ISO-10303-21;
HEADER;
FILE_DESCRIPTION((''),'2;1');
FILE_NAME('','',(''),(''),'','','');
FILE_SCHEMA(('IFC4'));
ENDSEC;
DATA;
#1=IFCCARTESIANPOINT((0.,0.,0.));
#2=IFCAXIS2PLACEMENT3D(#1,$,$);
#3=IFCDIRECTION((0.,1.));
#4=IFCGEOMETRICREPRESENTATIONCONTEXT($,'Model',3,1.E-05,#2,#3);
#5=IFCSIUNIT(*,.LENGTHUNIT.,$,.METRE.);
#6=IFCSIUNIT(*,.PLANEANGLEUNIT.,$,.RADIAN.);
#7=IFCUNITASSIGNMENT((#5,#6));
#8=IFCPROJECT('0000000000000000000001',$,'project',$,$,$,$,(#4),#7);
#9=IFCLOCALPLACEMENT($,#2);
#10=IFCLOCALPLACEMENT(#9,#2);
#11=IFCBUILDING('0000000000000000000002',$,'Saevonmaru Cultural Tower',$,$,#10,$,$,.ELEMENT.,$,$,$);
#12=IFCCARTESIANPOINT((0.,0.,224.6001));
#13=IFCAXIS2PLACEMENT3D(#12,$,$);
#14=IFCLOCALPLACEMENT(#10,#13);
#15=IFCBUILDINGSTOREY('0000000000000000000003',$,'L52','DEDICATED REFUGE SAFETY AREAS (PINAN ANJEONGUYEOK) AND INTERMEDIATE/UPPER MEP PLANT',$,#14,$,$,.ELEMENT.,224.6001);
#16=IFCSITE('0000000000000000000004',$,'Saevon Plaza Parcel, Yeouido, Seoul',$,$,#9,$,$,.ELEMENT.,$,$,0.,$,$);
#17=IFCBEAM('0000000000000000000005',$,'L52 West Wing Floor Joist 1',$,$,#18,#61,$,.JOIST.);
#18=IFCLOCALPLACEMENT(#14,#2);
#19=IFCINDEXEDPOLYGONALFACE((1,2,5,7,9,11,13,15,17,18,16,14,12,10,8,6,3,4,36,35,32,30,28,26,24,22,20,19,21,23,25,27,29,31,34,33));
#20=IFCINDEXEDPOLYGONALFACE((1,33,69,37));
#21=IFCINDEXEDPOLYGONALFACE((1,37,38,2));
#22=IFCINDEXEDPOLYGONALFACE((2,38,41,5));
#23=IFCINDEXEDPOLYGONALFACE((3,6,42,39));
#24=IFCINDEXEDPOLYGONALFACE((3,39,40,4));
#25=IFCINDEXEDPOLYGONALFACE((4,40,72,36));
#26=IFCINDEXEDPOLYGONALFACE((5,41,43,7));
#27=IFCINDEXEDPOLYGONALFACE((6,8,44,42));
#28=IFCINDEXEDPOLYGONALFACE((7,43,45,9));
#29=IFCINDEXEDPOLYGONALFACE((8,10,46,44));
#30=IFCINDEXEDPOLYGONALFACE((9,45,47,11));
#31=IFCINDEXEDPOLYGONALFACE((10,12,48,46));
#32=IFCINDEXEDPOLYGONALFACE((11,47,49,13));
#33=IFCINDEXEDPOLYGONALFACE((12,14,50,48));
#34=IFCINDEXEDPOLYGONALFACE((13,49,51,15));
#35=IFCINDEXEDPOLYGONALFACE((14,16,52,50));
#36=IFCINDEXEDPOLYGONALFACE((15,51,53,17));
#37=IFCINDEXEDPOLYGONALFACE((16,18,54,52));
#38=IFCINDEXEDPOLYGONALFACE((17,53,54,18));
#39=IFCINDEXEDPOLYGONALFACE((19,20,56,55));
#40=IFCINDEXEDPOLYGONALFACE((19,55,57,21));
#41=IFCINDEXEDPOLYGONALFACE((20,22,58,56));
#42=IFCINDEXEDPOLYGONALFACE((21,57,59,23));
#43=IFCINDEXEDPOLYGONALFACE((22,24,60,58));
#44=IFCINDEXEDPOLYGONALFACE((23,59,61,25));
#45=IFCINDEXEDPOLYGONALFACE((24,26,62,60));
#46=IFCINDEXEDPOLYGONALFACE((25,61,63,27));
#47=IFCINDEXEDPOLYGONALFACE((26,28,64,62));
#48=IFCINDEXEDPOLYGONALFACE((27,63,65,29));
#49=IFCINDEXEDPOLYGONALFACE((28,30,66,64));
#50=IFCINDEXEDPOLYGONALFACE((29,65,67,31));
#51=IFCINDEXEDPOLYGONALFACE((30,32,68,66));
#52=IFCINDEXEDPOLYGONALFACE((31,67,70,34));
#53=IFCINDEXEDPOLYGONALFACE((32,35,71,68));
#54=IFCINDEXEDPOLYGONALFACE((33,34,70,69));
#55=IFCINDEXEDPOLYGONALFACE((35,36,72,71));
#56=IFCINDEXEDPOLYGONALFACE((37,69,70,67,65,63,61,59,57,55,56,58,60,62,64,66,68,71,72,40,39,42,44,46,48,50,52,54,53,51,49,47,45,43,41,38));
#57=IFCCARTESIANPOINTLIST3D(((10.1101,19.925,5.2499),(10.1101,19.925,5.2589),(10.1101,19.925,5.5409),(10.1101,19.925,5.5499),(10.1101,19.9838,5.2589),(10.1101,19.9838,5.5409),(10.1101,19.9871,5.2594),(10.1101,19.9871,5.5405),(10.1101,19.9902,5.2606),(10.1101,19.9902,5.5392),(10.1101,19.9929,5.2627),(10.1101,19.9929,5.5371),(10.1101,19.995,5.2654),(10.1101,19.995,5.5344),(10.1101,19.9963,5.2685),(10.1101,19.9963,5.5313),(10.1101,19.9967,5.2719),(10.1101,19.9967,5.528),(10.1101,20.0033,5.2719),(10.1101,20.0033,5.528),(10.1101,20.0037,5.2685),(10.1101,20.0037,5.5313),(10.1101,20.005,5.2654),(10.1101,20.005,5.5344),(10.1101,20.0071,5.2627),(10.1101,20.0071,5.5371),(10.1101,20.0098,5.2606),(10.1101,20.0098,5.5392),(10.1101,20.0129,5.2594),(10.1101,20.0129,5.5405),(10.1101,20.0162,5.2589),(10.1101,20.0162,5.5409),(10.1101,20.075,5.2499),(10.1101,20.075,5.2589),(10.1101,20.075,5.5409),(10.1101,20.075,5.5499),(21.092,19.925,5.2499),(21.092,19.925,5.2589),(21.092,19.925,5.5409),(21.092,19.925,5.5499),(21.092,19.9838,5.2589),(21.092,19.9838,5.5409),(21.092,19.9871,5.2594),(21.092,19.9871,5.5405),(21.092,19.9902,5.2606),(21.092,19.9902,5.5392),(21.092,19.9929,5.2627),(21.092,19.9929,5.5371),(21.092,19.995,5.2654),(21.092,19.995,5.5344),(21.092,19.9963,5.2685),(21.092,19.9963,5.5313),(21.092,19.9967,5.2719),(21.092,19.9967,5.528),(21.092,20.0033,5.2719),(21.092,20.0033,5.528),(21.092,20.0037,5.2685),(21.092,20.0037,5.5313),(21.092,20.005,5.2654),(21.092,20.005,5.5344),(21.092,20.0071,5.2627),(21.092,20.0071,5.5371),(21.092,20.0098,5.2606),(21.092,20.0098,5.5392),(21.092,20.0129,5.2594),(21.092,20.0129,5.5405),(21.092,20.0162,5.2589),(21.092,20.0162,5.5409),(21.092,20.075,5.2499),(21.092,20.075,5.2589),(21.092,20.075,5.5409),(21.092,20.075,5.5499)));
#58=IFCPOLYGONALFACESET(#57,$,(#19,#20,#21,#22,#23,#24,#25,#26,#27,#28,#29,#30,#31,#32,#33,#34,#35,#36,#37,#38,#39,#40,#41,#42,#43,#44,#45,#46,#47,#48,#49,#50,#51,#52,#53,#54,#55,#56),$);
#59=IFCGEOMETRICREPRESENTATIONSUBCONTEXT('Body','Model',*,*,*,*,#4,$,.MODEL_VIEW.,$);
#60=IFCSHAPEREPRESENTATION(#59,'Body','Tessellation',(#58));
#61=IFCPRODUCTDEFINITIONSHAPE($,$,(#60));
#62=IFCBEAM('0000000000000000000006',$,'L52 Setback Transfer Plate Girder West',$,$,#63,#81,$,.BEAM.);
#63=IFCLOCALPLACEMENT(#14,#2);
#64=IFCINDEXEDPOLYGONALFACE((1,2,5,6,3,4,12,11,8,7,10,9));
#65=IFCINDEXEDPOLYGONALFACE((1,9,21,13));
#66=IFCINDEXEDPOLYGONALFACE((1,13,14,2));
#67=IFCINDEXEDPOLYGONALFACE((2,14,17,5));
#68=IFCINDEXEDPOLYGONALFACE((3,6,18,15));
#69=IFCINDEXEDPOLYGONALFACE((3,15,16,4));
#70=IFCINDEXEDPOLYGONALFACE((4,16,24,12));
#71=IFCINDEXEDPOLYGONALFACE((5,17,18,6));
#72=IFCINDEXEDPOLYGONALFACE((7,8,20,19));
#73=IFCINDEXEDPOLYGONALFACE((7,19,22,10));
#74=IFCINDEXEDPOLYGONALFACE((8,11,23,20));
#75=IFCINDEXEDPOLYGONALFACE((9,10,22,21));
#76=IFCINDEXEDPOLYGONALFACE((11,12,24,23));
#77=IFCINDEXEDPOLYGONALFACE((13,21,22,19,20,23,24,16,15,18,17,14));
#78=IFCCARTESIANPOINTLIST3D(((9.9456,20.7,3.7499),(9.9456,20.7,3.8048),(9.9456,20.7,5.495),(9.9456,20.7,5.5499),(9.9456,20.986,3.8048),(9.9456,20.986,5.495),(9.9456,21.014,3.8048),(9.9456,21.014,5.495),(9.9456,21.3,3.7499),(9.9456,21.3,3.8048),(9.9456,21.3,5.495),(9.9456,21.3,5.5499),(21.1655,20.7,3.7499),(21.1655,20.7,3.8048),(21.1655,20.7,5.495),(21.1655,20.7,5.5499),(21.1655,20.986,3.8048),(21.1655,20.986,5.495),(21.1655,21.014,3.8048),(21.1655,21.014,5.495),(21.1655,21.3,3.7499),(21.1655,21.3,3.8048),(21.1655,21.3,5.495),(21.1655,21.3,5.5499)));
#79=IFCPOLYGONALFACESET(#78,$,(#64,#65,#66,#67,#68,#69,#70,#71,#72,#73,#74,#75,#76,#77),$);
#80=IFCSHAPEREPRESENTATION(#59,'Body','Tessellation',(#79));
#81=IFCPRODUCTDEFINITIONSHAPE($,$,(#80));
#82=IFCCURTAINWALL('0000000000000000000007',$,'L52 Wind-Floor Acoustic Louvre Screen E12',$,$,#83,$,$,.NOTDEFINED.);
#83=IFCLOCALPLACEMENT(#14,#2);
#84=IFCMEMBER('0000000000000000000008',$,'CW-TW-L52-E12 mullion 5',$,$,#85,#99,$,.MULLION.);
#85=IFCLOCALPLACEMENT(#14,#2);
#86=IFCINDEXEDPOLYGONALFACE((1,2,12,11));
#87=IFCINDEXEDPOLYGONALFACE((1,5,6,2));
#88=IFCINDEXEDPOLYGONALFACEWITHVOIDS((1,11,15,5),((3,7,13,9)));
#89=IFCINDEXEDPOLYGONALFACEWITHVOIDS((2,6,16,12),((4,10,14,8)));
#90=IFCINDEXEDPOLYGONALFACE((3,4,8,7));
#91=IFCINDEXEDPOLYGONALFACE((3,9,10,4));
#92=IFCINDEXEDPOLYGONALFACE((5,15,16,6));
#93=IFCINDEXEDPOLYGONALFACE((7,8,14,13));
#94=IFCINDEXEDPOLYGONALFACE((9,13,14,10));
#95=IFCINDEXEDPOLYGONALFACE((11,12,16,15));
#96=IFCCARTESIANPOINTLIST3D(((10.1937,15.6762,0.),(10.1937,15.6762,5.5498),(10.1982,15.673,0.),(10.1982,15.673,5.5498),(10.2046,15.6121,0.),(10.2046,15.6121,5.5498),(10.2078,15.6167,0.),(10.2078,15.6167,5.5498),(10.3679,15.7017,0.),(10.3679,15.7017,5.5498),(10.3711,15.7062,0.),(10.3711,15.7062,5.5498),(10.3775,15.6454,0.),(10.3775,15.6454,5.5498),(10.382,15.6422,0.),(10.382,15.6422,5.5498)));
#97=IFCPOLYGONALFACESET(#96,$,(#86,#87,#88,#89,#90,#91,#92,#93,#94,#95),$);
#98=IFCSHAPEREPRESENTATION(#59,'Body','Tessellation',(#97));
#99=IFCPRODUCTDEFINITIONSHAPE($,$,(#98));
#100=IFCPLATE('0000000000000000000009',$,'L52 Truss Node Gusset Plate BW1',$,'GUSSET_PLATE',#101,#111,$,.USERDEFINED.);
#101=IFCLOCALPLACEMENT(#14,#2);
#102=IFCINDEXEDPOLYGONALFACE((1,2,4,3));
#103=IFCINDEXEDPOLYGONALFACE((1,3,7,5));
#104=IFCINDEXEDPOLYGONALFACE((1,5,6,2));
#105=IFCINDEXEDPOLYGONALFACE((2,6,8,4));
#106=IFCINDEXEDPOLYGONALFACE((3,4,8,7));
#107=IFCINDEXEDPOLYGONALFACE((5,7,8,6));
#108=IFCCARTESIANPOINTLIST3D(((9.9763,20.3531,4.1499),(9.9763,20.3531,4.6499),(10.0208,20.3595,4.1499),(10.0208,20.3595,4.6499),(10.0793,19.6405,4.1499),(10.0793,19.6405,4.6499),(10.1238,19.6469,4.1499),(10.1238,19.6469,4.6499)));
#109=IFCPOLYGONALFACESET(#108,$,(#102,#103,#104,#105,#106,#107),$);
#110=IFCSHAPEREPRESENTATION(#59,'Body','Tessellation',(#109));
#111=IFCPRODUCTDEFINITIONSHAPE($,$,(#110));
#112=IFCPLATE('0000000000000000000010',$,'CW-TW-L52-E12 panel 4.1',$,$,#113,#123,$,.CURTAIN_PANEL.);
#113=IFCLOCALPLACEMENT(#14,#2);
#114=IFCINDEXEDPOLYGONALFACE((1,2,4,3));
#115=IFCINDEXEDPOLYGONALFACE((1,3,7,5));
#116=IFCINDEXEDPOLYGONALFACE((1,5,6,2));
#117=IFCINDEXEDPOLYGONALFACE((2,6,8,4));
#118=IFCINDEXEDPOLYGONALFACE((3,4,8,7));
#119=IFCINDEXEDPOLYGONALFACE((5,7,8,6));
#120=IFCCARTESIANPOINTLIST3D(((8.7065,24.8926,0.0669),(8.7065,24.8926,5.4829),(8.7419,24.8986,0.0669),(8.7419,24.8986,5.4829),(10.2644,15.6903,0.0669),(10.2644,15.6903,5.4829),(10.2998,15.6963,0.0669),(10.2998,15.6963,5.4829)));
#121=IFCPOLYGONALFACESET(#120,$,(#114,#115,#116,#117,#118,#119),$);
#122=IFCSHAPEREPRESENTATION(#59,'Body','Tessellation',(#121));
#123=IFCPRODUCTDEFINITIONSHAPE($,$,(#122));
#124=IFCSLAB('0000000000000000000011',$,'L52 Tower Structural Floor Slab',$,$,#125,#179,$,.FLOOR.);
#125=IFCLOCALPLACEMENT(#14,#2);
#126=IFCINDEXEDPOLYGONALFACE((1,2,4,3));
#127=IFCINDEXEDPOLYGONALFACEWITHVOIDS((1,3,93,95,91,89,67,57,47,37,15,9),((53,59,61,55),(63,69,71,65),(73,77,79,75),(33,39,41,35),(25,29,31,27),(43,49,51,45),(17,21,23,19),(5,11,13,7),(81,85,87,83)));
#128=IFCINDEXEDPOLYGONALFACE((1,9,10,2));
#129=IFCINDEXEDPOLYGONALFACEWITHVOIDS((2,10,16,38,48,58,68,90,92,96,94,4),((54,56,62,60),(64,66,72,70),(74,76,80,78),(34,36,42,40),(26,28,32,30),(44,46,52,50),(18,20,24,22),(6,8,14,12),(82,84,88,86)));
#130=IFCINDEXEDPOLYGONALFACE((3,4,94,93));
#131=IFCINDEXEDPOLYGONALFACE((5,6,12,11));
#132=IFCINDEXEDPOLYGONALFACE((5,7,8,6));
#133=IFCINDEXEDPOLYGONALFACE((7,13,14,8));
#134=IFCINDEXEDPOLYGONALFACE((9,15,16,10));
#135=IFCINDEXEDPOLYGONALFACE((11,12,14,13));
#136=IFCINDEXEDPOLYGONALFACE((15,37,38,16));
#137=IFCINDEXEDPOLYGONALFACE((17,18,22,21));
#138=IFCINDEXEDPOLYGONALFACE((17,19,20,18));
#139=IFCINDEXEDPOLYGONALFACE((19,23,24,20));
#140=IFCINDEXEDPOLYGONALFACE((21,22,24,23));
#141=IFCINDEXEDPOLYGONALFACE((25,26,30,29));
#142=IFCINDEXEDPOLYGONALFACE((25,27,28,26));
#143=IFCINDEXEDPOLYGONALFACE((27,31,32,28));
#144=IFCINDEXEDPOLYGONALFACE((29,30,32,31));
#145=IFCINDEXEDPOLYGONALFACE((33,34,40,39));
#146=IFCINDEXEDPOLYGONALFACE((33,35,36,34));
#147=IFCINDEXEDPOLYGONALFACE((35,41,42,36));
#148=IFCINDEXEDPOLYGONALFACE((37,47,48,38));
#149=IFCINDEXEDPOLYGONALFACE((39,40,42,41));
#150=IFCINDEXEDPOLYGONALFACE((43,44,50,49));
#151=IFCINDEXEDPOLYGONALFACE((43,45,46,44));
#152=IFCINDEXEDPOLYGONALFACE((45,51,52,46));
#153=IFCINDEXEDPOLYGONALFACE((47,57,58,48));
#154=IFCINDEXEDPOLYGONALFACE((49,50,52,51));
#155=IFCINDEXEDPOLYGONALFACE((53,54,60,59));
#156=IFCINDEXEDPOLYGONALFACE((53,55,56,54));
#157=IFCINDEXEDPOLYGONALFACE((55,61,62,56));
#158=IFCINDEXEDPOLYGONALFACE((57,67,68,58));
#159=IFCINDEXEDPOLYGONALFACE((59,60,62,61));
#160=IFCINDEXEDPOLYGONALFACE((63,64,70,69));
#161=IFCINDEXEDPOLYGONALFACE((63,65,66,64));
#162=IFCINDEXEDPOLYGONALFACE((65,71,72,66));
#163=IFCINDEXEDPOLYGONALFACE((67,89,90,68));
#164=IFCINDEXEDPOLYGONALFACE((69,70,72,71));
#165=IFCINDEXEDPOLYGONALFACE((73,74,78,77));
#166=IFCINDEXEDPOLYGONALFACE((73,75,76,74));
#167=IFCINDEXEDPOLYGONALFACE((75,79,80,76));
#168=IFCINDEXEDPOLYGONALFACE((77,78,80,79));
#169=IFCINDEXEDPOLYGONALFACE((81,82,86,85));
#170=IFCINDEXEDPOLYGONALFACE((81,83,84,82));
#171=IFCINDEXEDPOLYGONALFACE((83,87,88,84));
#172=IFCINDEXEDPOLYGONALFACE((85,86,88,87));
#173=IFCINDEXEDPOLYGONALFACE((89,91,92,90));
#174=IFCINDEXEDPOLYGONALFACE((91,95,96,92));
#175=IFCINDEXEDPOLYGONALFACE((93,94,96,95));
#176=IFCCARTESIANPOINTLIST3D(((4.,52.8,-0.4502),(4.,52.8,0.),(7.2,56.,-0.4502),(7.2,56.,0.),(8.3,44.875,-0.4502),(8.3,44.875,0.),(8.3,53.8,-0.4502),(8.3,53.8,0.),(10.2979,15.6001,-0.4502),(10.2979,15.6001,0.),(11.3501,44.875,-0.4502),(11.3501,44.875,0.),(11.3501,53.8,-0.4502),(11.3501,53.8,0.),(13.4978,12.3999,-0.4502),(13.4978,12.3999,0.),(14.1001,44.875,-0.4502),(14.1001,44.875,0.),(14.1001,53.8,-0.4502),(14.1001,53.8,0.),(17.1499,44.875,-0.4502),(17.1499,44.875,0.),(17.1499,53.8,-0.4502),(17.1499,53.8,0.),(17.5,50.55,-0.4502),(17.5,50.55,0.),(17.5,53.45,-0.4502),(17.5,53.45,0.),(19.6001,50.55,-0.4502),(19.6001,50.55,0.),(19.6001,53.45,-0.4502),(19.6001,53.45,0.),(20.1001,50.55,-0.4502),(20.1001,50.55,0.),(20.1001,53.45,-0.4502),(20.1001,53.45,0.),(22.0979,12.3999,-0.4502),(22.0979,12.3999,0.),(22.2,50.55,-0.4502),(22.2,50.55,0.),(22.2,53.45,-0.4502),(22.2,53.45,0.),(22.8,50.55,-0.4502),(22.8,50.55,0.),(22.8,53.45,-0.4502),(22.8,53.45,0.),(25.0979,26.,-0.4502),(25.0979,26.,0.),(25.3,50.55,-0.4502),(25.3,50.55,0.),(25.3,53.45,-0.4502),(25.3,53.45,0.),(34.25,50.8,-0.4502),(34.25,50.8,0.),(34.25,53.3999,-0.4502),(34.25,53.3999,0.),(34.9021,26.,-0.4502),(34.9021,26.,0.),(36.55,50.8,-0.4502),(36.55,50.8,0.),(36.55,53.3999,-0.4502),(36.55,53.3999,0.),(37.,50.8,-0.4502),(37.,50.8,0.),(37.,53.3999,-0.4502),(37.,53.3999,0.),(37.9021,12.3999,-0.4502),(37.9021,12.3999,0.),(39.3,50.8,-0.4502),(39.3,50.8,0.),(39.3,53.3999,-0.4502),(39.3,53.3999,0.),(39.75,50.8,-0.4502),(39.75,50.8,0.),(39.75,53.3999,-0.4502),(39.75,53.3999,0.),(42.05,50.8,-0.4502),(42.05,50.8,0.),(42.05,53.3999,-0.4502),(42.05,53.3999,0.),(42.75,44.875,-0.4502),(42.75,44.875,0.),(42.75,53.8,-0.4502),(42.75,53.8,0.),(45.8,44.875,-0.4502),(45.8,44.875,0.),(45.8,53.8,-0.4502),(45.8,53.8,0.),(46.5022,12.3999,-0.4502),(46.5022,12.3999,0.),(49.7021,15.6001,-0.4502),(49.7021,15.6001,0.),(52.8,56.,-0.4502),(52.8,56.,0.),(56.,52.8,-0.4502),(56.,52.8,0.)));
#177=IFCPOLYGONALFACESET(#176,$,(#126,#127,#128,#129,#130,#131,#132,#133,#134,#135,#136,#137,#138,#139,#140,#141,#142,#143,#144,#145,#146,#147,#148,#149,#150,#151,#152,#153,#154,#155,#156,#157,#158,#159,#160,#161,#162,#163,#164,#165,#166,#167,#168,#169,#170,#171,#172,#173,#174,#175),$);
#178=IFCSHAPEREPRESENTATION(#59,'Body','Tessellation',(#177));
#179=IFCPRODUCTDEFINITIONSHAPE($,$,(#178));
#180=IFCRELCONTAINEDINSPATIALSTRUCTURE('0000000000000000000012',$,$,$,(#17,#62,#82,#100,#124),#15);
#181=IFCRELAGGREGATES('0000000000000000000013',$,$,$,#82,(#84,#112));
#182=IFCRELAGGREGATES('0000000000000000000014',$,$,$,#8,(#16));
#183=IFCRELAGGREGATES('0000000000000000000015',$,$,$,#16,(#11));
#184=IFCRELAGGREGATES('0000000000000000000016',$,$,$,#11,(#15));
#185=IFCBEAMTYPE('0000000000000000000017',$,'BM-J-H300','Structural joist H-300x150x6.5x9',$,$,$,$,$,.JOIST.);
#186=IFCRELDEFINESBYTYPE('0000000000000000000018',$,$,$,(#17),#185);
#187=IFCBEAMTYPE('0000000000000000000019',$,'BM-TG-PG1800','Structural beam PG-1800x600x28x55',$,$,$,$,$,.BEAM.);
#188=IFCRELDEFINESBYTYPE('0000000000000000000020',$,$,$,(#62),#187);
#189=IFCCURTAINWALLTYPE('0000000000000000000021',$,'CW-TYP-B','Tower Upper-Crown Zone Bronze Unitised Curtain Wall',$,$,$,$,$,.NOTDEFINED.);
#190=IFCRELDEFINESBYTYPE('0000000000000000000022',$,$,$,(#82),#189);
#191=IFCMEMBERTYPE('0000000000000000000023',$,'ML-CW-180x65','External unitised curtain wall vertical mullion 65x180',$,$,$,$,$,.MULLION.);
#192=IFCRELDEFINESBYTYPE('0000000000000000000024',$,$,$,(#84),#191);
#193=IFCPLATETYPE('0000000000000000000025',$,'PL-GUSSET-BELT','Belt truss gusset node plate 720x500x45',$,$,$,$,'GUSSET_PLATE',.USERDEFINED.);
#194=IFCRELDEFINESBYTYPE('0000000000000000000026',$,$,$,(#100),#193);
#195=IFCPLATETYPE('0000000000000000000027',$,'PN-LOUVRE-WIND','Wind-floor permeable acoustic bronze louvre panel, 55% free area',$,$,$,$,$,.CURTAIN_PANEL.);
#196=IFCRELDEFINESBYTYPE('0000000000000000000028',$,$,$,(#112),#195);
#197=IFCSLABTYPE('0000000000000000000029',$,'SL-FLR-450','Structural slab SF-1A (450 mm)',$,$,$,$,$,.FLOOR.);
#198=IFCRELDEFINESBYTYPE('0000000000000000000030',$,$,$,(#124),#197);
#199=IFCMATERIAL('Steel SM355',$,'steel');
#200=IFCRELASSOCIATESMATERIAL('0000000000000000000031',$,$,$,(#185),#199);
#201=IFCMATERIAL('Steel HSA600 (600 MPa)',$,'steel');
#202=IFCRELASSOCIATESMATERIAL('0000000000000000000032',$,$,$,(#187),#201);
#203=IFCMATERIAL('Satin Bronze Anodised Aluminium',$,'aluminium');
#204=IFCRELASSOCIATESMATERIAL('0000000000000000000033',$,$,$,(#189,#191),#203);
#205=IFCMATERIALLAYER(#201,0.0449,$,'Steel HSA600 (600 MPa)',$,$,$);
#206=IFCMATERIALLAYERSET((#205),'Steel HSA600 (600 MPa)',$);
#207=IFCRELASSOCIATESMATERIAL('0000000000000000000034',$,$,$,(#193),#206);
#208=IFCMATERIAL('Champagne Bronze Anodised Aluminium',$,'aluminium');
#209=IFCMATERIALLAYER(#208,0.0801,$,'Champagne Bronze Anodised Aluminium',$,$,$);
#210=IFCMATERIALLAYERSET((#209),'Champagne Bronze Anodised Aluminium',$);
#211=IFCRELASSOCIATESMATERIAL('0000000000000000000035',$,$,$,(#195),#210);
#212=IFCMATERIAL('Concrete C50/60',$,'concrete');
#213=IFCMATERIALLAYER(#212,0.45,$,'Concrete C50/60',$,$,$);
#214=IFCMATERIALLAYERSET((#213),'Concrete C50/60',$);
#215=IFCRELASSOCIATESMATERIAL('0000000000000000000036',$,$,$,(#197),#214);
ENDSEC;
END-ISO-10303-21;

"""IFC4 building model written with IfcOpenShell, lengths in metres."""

from ifc_helpers import new_model, si_unit, direction, frame, origin, origin_2d, place, context, subcontext, project, spatial, polyline, rectangle, hollow_rectangle, i_section, outline, extrude, material, layer, layer_set, material_profile, profile_set, type_object, element, aggregate, save


model = new_model("IFC4")

# Units and contexts
model_context = context("Model", 3, precision=1e-05, world=origin(), true_north=direction((0.0, 1.0)))
body_context = subcontext(model_context, "Body", "Model", "MODEL_VIEW")
ifc_project = project(units=[si_unit("LENGTHUNIT", "METRE"), si_unit("PLANEANGLEUNIT", "RADIAN")], contexts=[model_context])

# Site, building, storey
site_placement = place(None, origin())
site = spatial("IfcSite", under=ifc_project, at=site_placement, Name="Saevon Plaza Parcel, Yeouido, Seoul", CompositionType="ELEMENT", RefElevation=0.0)
building_placement = place(site_placement, origin())
building = spatial("IfcBuilding", under=site, at=building_placement, Name="Saevonmaru Cultural Tower", CompositionType="ELEMENT")
storey_placement = place(building_placement, frame((0.0, 0.0, 224.6001)))
storey = spatial("IfcBuildingStorey", under=building, at=storey_placement, Name="L52", Description="DEDICATED REFUGE SAFETY AREAS (PINAN ANJEONGUYEOK) AND INTERMEDIATE/UPPER MEP PLANT", CompositionType="ELEMENT", Elevation=224.6001)

# Beams
ifc_material_1 = material(Name="Steel SM355", Category="steel")
ifc_material_profile_1 = material_profile(ifc_material_1, i_section(OverallWidth=0.1499, OverallDepth=0.3, WebThickness=0.0066, FlangeThickness=0.009, FilletRadius=0.0129, at=origin_2d()), Name="H-300x150x6.5x9")
ifc_profile_set_1 = profile_set([ifc_material_profile_1], Name="Steel SM355")
beam_type_1 = type_object("IfcBeamType", Name="BM-J-H300", Description="Structural joist H-300x150x6.5x9", PredefinedType="JOIST", material=ifc_profile_set_1)
beam_1_placement = place(storey_placement, frame((10.1101, 20.0, 5.3999), z_axis=(1.0, 0.0, 0.0), x_axis=(0.0, 1.0, 0.0)))
element("IfcBeam", 1, at=beam_1_placement, inside=storey, type_object=beam_type_1, Name="L52 West Wing Floor Joist 1", PredefinedType="JOIST", context=body_context, shape_type="SweptSolid", body=[
    extrude(i_section(OverallWidth=0.1499, OverallDepth=0.3, WebThickness=0.0066, FlangeThickness=0.009, FilletRadius=0.0129, at=origin_2d()), origin(), (0.0, 0.0, 1.0), 10.9819),
])
ifc_material_2 = material(Name="Steel HSA600 (600 MPa)", Category="steel")
ifc_material_profile_2 = material_profile(ifc_material_2, i_section(OverallWidth=0.6001, OverallDepth=1.8, WebThickness=0.0281, FlangeThickness=0.0549, at=origin_2d()), Name="PG-1800x600x28x55")
ifc_profile_set_2 = profile_set([ifc_material_profile_2], Name="Steel HSA600 (600 MPa)")
beam_type_2 = type_object("IfcBeamType", Name="BM-TG-PG1800", Description="Structural beam PG-1800x600x28x55", PredefinedType="BEAM", material=ifc_profile_set_2)
beam_2_placement = place(storey_placement, frame((9.9456, 21.0, 4.6499), z_axis=(1.0, 0.0, 0.0), x_axis=(0.0, 1.0, 0.0)))
element("IfcBeam", 2, at=beam_2_placement, inside=storey, type_object=beam_type_2, Name="L52 Setback Transfer Plate Girder West", PredefinedType="BEAM", context=body_context, shape_type="SweptSolid", body=[
    extrude(i_section(OverallWidth=0.6001, OverallDepth=1.8, WebThickness=0.0281, FlangeThickness=0.0549, at=origin_2d()), origin(), (0.0, 0.0, 1.0), 11.22),
])

# Curtain wall, member
ifc_material_3 = material(Name="Satin Bronze Anodised Aluminium", Category="aluminium")
curtain_wall_type = type_object("IfcCurtainWallType", Name="CW-TYP-B", Description="Tower Upper-Crown Zone Bronze Unitised Curtain Wall", PredefinedType="NOTDEFINED", material=ifc_material_3)
curtain_wall_placement = place(storey_placement, origin())
curtain_wall = element("IfcCurtainWall", 3, at=curtain_wall_placement, inside=storey, type_object=curtain_wall_type, Name="L52 Wind-Floor Acoustic Louvre Screen E12", PredefinedType="NOTDEFINED")
ifc_material_profile_3 = material_profile(ifc_material_3, hollow_rectangle(XDim=0.0649, YDim=0.1799, WallThickness=0.0039, at=origin_2d()), Name="ALU-MULL-180x65x4")
ifc_profile_set_3 = profile_set([ifc_material_profile_3], Name="Satin Bronze Anodised Aluminium")
member_type = type_object("IfcMemberType", Name="ML-CW-180x65", Description="External unitised curtain wall vertical mullion 65x180", PredefinedType="MULLION", material=ifc_profile_set_3)
member_placement = place(storey_placement, frame((10.2878, 15.6592, 0.0), z_axis=(0.0, 0.0, 1.0), x_axis=(0.166922, -0.98597, 0.0)))
member = element("IfcMember", 4, at=member_placement, type_object=member_type, Name="CW-TW-L52-E12 mullion 5", PredefinedType="MULLION", context=body_context, shape_type="SweptSolid", body=[
    extrude(hollow_rectangle(XDim=0.0649, YDim=0.1799, WallThickness=0.0039, at=origin_2d()), origin(), (0.0, 0.0, 1.0), 5.5498),
])

# Plates
ifc_layer_1 = layer(ifc_material_2, 0.0449, Name="Steel HSA600 (600 MPa)")
ifc_layer_set_1 = layer_set([ifc_layer_1], Name="Steel HSA600 (600 MPa)")
plate_type_1 = type_object("IfcPlateType", Name="PL-GUSSET-BELT", Description="Belt truss gusset node plate 720x500x45", ElementType="GUSSET_PLATE", PredefinedType="USERDEFINED", material=ifc_layer_set_1)
plate_1_placement = place(storey_placement, frame((10.05, 20.0, 4.1499), z_axis=(0.0, 0.0, 1.0), x_axis=(-0.143009, 0.989721, 0.0)))
element("IfcPlate", 5, at=plate_1_placement, inside=storey, type_object=plate_type_1, Name="L52 Truss Node Gusset Plate BW1", ObjectType="GUSSET_PLATE", PredefinedType="USERDEFINED", context=body_context, shape_type="SweptSolid", body=[
    extrude(rectangle(XDim=0.72, YDim=0.0449, at=origin_2d()), origin(), (0.0, 0.0, 1.0), 0.5),
])
ifc_material_4 = material(Name="Champagne Bronze Anodised Aluminium", Category="aluminium")
ifc_layer_2 = layer(ifc_material_4, 0.0801, Name="Champagne Bronze Anodised Aluminium")
ifc_layer_set_2 = layer_set([ifc_layer_2], Name="Champagne Bronze Anodised Aluminium")
plate_type_2 = type_object("IfcPlateType", Name="PN-LOUVRE-WIND", Description="Wind-floor permeable acoustic bronze louvre panel, 55% free area", PredefinedType="CURTAIN_PANEL", material=ifc_layer_set_2)
plate_2_placement = place(storey_placement, frame((9.5032, 20.2944, 0.0669), z_axis=(0.0, 0.0, 1.0), x_axis=(0.166922, -0.98597, 0.0)))
plate_2 = element("IfcPlate", 6, at=plate_2_placement, type_object=plate_type_2, Name="CW-TW-L52-E12 panel 4.1", PredefinedType="CURTAIN_PANEL", context=body_context, shape_type="SweptSolid", body=[
    extrude(rectangle(XDim=9.3333, YDim=0.0359, at=origin_2d()), origin(), (0.0, 0.0, 1.0), 5.416),
])
aggregate(curtain_wall, [member, plate_2])

# Slab
ifc_material_5 = material(Name="Concrete C50/60", Category="concrete")
ifc_layer_3 = layer(ifc_material_5, 0.45, Name="Concrete C50/60")
ifc_layer_set_3 = layer_set([ifc_layer_3], Name="Concrete C50/60")
slab_type_1 = type_object("IfcSlabType", Name="SL-FLR-450", Description="Structural slab SF-1A (450 mm)", PredefinedType="FLOOR", material=ifc_layer_set_3)
slab_1_placement = place(storey_placement, frame((0.0, 0.0, -0.4502)))
element("IfcSlab", 7, at=slab_1_placement, inside=storey, type_object=slab_type_1, Name="L52 Tower Structural Floor Slab", PredefinedType="FLOOR", context=body_context, shape_type="SweptSolid", body=[
    extrude(outline(polyline([(10.2979, 15.6001), (13.4978, 12.3999), (22.0979, 12.3999), (25.0979, 26.0), (34.9021, 26.0), (37.9021, 12.3999), (46.5022, 12.3999), (49.7021, 15.6001), (56.0, 52.8), (52.8, 56.0), (7.2, 56.0), (4.0, 52.8), (10.2979, 15.6001)]), holes=[polyline([(45.8, 53.8), (45.8, 44.875), (42.75, 44.875), (42.75, 53.8), (45.8, 53.8)]), polyline([(39.75, 50.8), (39.75, 53.3999), (42.05, 53.3999), (42.05, 50.8), (39.75, 50.8)]), polyline([(37.0, 50.8), (37.0, 53.3999), (39.3, 53.3999), (39.3, 50.8), (37.0, 50.8)]), polyline([(36.55, 50.8), (34.25, 50.8), (34.25, 53.3999), (36.55, 53.3999), (36.55, 50.8)]), polyline([(25.3, 50.55), (22.8, 50.55), (22.8, 53.45), (25.3, 53.45), (25.3, 50.55)]), polyline([(22.2, 50.55), (20.1001, 50.55), (20.1001, 53.45), (22.2, 53.45), (22.2, 50.55)]), polyline([(19.6001, 50.55), (17.5, 50.55), (17.5, 53.45), (19.6001, 53.45), (19.6001, 50.55)]), polyline([(17.1499, 53.8), (17.1499, 44.875), (14.1001, 44.875), (14.1001, 53.8), (17.1499, 53.8)]), polyline([(11.3501, 53.8), (11.3501, 44.875), (8.3, 44.875), (8.3, 53.8), (11.3501, 53.8)])]), origin(), (0.0, 0.0, 1.0), 0.4502),
])

save(model, "model.ifc")
